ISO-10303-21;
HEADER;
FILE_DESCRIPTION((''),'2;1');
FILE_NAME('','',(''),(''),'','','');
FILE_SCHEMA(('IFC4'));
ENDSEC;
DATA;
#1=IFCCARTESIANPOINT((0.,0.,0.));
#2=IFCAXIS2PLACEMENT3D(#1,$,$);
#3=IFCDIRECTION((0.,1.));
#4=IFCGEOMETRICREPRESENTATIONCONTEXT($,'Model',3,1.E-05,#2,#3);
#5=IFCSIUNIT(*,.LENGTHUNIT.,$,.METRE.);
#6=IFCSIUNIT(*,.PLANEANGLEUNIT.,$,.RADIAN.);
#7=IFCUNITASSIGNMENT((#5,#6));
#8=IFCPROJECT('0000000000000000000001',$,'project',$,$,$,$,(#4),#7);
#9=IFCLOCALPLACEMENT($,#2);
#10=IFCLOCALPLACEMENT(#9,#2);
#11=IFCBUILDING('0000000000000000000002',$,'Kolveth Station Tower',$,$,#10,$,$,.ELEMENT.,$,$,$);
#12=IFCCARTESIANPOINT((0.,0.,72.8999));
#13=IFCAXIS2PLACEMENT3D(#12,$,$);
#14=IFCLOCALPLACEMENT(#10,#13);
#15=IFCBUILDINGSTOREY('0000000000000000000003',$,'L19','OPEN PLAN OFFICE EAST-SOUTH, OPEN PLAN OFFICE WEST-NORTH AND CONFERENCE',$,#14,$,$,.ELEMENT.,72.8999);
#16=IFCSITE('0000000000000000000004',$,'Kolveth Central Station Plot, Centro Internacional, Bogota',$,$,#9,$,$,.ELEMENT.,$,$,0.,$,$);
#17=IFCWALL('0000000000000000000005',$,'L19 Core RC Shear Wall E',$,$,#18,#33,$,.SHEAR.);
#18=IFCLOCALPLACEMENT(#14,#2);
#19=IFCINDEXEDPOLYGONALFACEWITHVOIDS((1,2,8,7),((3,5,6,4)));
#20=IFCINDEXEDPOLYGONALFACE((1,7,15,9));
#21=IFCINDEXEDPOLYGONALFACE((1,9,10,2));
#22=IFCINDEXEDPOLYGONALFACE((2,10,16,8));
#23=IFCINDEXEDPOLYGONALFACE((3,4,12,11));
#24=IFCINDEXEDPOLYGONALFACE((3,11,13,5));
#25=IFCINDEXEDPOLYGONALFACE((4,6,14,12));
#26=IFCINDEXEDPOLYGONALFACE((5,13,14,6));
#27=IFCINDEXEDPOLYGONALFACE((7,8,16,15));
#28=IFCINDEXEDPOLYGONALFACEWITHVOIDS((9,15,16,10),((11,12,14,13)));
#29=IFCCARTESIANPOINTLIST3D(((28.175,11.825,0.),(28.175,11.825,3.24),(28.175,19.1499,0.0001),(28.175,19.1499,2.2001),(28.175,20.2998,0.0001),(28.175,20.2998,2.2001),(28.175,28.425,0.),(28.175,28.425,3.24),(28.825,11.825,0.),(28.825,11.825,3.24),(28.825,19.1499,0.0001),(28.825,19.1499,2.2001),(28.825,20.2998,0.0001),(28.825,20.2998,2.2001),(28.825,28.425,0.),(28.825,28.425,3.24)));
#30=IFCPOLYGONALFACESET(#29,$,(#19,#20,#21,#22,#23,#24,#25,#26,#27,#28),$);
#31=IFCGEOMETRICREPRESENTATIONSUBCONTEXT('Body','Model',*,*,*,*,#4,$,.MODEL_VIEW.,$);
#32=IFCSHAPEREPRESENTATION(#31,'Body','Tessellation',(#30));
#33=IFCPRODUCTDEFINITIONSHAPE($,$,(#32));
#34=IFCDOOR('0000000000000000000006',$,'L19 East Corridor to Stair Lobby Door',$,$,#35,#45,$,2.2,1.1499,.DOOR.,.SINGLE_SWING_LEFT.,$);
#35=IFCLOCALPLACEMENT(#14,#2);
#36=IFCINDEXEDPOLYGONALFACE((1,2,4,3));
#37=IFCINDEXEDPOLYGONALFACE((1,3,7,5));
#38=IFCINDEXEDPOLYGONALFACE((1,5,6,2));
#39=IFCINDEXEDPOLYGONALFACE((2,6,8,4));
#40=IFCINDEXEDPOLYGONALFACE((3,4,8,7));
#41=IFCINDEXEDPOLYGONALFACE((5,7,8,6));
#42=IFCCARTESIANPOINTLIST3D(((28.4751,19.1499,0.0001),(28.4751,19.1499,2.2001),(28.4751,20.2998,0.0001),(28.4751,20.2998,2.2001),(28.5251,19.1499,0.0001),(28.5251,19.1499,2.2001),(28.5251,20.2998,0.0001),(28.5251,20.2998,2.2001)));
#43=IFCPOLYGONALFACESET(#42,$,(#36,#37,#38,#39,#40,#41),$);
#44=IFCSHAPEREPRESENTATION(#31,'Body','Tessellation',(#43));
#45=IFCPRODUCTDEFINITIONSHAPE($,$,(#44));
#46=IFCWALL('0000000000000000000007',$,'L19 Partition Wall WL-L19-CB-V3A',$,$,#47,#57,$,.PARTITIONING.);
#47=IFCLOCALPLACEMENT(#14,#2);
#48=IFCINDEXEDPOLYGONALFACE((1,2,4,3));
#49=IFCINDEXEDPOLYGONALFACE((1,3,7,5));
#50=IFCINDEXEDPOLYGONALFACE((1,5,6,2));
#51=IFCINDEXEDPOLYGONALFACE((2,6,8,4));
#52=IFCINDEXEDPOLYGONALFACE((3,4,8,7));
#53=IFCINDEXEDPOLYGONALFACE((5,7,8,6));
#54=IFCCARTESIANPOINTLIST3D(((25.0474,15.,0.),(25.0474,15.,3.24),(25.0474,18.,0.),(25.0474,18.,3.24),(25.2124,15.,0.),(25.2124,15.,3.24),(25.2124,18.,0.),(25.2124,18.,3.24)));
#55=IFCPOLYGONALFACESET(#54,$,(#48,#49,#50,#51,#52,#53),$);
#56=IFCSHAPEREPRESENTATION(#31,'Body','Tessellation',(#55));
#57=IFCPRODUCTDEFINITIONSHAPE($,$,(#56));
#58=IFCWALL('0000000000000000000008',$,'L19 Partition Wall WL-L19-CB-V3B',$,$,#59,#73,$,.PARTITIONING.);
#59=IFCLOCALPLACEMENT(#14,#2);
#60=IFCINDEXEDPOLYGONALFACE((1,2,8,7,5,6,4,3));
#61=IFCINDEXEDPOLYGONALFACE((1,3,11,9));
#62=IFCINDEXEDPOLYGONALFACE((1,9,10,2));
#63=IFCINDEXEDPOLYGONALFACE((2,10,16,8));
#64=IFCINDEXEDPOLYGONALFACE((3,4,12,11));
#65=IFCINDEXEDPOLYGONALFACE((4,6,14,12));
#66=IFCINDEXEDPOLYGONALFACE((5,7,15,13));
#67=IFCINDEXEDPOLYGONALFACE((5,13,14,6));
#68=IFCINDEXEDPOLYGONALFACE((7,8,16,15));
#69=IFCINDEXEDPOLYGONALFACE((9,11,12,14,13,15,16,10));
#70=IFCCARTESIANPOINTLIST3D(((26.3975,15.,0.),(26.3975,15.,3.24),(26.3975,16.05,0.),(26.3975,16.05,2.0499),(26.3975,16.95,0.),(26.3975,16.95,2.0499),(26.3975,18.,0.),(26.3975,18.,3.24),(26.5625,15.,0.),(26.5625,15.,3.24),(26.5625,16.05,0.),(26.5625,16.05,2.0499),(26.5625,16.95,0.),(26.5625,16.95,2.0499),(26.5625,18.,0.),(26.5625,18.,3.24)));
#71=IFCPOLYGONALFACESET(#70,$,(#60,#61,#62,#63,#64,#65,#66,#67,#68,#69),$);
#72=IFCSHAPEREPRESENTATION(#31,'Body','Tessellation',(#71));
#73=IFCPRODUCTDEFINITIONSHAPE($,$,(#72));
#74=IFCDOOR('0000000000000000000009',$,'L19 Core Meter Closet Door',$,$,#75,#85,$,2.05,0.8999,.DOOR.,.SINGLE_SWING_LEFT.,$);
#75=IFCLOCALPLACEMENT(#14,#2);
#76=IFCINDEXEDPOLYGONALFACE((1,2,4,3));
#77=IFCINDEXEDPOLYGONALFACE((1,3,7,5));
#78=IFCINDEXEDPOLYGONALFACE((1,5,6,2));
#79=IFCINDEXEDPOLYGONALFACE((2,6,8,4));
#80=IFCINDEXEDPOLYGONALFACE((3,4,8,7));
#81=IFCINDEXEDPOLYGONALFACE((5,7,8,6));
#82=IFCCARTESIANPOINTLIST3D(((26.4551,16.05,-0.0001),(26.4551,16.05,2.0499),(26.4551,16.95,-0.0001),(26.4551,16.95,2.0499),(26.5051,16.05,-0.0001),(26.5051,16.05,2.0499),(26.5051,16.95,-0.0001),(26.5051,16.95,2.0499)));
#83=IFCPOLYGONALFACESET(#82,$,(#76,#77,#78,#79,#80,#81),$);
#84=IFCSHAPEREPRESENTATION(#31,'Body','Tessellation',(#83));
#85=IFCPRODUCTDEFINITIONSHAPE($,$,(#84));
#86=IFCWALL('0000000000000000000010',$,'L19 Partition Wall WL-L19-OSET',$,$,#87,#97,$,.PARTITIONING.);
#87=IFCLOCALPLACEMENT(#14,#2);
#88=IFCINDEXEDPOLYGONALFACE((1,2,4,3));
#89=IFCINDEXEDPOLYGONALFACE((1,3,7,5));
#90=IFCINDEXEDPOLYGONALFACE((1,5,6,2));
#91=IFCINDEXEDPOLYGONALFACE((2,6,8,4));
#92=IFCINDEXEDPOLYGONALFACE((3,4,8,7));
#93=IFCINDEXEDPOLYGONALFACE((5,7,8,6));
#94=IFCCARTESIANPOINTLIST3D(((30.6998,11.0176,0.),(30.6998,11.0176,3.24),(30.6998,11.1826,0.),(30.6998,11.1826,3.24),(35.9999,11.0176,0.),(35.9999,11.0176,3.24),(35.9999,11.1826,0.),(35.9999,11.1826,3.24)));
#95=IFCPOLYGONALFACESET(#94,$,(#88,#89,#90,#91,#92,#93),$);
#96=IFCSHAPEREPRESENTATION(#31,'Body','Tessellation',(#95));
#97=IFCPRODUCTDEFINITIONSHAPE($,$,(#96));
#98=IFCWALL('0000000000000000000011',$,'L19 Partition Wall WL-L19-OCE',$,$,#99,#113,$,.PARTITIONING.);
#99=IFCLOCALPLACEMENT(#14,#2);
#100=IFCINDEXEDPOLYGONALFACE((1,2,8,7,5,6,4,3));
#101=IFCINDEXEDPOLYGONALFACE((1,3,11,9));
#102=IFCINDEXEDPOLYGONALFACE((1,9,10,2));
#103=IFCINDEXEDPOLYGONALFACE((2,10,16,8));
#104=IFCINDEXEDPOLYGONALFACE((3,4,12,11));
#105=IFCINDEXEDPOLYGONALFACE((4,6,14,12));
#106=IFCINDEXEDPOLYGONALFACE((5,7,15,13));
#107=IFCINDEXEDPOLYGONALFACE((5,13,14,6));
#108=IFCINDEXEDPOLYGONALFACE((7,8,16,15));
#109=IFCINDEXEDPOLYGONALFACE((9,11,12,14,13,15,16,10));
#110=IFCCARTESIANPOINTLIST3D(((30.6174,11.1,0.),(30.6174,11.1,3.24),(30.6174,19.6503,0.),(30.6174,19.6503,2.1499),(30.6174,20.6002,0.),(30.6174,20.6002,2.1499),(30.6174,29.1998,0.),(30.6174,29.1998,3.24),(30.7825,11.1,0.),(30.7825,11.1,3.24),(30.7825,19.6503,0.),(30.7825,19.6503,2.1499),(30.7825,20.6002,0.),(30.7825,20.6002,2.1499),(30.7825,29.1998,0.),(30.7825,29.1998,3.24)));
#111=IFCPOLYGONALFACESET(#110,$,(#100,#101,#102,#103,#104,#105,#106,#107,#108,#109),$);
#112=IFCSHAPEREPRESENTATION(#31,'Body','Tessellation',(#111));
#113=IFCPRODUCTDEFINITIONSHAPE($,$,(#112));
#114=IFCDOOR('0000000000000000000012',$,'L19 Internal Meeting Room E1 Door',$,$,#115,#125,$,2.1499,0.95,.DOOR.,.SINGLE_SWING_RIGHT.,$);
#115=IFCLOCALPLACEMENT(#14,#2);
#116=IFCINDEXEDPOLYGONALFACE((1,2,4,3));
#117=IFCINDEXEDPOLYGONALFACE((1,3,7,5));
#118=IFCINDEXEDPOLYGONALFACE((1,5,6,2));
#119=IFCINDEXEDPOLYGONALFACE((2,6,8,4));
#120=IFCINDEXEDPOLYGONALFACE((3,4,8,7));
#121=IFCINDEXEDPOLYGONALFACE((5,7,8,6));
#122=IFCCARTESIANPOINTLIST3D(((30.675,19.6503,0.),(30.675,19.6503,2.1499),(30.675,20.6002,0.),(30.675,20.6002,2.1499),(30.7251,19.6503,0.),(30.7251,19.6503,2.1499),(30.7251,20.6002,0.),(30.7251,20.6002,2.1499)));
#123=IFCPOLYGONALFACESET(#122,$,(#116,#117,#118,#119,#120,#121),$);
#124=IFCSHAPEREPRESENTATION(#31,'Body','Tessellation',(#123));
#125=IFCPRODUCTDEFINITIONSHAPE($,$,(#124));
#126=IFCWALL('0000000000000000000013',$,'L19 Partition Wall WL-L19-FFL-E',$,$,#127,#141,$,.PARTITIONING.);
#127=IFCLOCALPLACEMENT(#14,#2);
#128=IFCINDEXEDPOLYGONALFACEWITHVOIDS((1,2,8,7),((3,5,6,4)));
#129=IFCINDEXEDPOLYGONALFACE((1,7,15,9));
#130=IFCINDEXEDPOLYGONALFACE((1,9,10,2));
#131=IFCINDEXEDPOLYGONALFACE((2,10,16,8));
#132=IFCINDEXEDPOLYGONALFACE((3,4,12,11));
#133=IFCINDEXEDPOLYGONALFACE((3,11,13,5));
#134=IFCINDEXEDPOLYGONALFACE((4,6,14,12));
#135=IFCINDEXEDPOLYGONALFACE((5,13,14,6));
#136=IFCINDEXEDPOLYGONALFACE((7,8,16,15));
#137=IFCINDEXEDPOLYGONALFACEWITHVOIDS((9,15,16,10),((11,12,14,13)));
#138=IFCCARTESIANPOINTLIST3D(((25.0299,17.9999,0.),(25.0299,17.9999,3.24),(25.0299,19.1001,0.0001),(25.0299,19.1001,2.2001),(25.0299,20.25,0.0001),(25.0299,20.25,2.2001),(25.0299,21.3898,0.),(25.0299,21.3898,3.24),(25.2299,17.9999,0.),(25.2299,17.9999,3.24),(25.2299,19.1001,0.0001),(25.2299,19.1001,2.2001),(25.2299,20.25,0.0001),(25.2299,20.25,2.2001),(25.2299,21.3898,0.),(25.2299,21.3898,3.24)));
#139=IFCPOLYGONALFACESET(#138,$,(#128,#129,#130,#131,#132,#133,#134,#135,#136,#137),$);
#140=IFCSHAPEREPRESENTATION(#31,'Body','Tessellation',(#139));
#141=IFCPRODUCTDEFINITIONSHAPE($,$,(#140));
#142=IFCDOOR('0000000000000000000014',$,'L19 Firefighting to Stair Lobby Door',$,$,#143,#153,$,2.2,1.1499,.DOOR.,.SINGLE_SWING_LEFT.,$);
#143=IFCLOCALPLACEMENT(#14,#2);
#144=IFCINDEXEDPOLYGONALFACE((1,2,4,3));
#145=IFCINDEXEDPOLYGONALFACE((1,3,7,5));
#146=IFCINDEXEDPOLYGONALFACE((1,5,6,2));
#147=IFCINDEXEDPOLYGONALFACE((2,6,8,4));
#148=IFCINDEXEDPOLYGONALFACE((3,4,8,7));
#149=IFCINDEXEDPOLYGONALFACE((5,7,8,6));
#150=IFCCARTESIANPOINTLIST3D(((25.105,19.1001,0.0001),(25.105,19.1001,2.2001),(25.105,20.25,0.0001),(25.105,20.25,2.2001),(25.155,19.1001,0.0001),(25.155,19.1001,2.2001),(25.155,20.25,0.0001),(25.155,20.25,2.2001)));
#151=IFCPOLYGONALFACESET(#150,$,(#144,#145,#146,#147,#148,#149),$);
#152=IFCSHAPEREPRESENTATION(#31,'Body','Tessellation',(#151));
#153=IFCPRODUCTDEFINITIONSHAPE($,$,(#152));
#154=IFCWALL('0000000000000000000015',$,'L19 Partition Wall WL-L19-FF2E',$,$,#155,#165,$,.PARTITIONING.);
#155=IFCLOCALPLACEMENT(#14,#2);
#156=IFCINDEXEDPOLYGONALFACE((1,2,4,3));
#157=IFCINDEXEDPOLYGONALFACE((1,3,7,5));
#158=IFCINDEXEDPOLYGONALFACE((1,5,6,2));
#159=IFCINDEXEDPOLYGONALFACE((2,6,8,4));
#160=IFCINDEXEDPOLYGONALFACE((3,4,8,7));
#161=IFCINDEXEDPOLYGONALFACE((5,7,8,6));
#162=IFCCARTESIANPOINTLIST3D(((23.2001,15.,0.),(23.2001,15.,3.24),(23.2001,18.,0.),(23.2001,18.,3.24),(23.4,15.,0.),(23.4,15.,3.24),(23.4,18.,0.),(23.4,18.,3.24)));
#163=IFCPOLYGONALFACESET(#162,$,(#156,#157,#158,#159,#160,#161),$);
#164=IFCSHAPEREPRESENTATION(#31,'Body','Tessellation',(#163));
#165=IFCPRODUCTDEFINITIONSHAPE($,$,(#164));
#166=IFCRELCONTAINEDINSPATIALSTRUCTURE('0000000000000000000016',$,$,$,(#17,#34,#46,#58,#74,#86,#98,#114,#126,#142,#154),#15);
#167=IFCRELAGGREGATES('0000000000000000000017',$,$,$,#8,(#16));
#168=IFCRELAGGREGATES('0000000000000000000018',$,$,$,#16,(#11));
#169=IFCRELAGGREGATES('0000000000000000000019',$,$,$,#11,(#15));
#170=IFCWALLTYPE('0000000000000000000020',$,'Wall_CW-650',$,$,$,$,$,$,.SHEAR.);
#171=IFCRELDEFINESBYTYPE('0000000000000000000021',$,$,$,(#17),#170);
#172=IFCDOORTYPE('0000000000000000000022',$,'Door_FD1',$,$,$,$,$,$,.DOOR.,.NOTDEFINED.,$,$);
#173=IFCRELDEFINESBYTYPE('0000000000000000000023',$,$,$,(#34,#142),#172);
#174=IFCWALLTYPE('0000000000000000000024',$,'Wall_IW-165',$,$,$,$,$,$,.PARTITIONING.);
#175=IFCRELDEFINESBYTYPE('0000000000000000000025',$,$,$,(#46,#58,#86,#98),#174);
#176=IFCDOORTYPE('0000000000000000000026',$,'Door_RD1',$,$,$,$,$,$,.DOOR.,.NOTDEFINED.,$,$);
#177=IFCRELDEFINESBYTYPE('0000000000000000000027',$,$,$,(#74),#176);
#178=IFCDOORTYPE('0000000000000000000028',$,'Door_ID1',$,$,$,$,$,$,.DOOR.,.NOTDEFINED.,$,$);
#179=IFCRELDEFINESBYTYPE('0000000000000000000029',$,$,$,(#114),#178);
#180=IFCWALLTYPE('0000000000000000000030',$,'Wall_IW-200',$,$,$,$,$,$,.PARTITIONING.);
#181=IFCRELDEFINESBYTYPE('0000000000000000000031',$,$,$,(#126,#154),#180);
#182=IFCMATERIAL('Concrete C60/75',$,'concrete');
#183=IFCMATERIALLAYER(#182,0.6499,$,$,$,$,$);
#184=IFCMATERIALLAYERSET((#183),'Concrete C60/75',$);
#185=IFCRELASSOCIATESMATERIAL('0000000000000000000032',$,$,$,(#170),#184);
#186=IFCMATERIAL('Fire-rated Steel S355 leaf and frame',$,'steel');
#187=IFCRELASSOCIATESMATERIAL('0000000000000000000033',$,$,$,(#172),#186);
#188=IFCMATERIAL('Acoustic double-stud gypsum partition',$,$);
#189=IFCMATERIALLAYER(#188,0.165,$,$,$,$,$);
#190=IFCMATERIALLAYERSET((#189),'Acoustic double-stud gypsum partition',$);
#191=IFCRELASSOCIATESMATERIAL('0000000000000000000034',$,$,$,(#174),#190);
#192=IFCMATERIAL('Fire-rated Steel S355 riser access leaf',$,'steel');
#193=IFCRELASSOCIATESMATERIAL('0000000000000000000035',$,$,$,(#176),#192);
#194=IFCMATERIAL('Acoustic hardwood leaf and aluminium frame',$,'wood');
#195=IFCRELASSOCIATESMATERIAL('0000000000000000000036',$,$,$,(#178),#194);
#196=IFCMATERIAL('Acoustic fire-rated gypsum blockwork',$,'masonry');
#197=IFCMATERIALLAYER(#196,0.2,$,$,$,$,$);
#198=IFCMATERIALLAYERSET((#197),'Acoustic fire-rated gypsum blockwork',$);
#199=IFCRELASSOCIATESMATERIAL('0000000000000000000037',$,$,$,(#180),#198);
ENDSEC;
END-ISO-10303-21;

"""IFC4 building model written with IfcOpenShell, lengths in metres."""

from ifc_helpers import new_model, si_unit, direction, frame, frame_2d, origin, place, context, subcontext, project, spatial, rectangle, extrude, material, layer, layer_set, type_object, element, fill, save


model = new_model("IFC4")

# Units and contexts
model_context = context("Model", 3, precision=1e-05, world=origin(), true_north=direction((0.0, 1.0)))
body_context = subcontext(model_context, "Body", "Model", "MODEL_VIEW")
ifc_project = project(units=[si_unit("LENGTHUNIT", "METRE"), si_unit("PLANEANGLEUNIT", "RADIAN")], contexts=[model_context])

# Site, building, storey
site_placement = place(None, origin())
site = spatial("IfcSite", under=ifc_project, at=site_placement, Name="Kolveth Central Station Plot, Centro Internacional, Bogota", CompositionType="ELEMENT", RefElevation=0.0)
building_placement = place(site_placement, origin())
building = spatial("IfcBuilding", under=site, at=building_placement, Name="Kolveth Station Tower", CompositionType="ELEMENT")
storey_placement = place(building_placement, frame((0.0, 0.0, 72.8999)))
storey = spatial("IfcBuildingStorey", under=building, at=storey_placement, Name="L19", Description="OPEN PLAN OFFICE EAST-SOUTH, OPEN PLAN OFFICE WEST-NORTH AND CONFERENCE", CompositionType="ELEMENT", Elevation=72.8999)

# Wall, opening, door
ifc_material_1 = material(Name="Concrete C60/75", Category="concrete")
ifc_layer_1 = layer(ifc_material_1, 0.6499)
ifc_layer_set_1 = layer_set([ifc_layer_1], Name="Concrete C60/75")
wall_type_1 = type_object("IfcWallType", Name="Wall_CW-650", PredefinedType="SHEAR", material=ifc_layer_set_1)
wall_1_placement = place(storey_placement, frame((28.5, 11.825, 0.0), z_axis=(0.0, 0.0, 1.0), x_axis=(0.0, 1.0, 0.0)))
wall_1 = element("IfcWall", 1, at=wall_1_placement, inside=storey, type_object=wall_type_1, Name="L19 Core RC Shear Wall E", PredefinedType="SHEAR", context=body_context, shape_type="SweptSolid", body=[
    extrude(rectangle(XDim=16.6001, YDim=0.6499, at=frame_2d((8.3, 0.0))), origin(), (0.0, 0.0, 1.0), 3.24),
])
opening_1_placement = place(wall_1_placement, frame((7.325, 0.0, 0.0)))
opening_1 = element("IfcOpeningElement", 2, at=opening_1_placement, cuts=wall_1, PredefinedType="OPENING", context=body_context, shape_type="SweptSolid", body=[
    extrude(rectangle(XDim=1.1499, YDim=2.2, at=frame_2d((0.575, 1.1001))), frame((0.0, 0.335, 0.0), z_axis=(0.0, -1.0, 0.0), x_axis=(1.0, 0.0, 0.0)), (0.0, 0.0, 1.0), 0.6699),
])
ifc_material_2 = material(Name="Fire-rated Steel S355 leaf and frame", Category="steel")
door_type_1 = type_object("IfcDoorType", Name="Door_FD1", OperationType="NOTDEFINED", PredefinedType="DOOR", material=ifc_material_2)
door_1_placement = place(opening_1_placement, origin())
door_1 = element("IfcDoor", 3, at=door_1_placement, inside=storey, type_object=door_type_1, Name="L19 East Corridor to Stair Lobby Door", OperationType="SINGLE_SWING_LEFT", OverallHeight=2.2, OverallWidth=1.1499, PredefinedType="DOOR", context=body_context, shape_type="SweptSolid", body=[
    extrude(rectangle(XDim=1.1499, YDim=2.2, at=frame_2d((0.575, 1.1001))), frame((0.0, 0.0249, 0.0), z_axis=(0.0, -1.0, 0.0), x_axis=(1.0, 0.0, 0.0)), (0.0, 0.0, 1.0), 0.05),
])
fill(opening_1, door_1)

# Wall
ifc_material_3 = material(Name="Acoustic double-stud gypsum partition")
ifc_layer_2 = layer(ifc_material_3, 0.165)
ifc_layer_set_2 = layer_set([ifc_layer_2], Name="Acoustic double-stud gypsum partition")
wall_type_2 = type_object("IfcWallType", Name="Wall_IW-165", PredefinedType="PARTITIONING", material=ifc_layer_set_2)
wall_2_placement = place(storey_placement, frame((25.1299, 15.0, 0.0), z_axis=(0.0, 0.0, 1.0), x_axis=(0.0, 1.0, 0.0)))
element("IfcWall", 4, at=wall_2_placement, inside=storey, type_object=wall_type_2, Name="L19 Partition Wall WL-L19-CB-V3A", PredefinedType="PARTITIONING", context=body_context, shape_type="SweptSolid", body=[
    extrude(rectangle(XDim=3.0, YDim=0.165, at=frame_2d((1.5, 0.0))), origin(), (0.0, 0.0, 1.0), 3.24),
])

# Wall, opening, door
wall_3_placement = place(storey_placement, frame((26.48, 15.0, 0.0), z_axis=(0.0, 0.0, 1.0), x_axis=(0.0, 1.0, 0.0)))
wall_3 = element("IfcWall", 5, at=wall_3_placement, inside=storey, type_object=wall_type_2, Name="L19 Partition Wall WL-L19-CB-V3B", PredefinedType="PARTITIONING", context=body_context, shape_type="SweptSolid", body=[
    extrude(rectangle(XDim=3.0, YDim=0.165, at=frame_2d((1.5, 0.0))), origin(), (0.0, 0.0, 1.0), 3.24),
])
opening_2_placement = place(wall_3_placement, frame((1.05, 0.0, 0.0)))
opening_2 = element("IfcOpeningElement", 6, at=opening_2_placement, cuts=wall_3, PredefinedType="OPENING", context=body_context, shape_type="SweptSolid", body=[
    extrude(rectangle(XDim=0.8999, YDim=2.05, at=frame_2d((0.45, 1.0249))), frame((0.0, 0.0925, 0.0), z_axis=(0.0, -1.0, 0.0), x_axis=(1.0, 0.0, 0.0)), (0.0, 0.0, 1.0), 0.1851),
])
ifc_material_4 = material(Name="Fire-rated Steel S355 riser access leaf", Category="steel")
door_type_2 = type_object("IfcDoorType", Name="Door_RD1", OperationType="NOTDEFINED", PredefinedType="DOOR", material=ifc_material_4)
door_2_placement = place(opening_2_placement, origin())
door_2 = element("IfcDoor", 7, at=door_2_placement, inside=storey, type_object=door_type_2, Name="L19 Core Meter Closet Door", OperationType="SINGLE_SWING_LEFT", OverallHeight=2.05, OverallWidth=0.8999, PredefinedType="DOOR", context=body_context, shape_type="SweptSolid", body=[
    extrude(rectangle(XDim=0.8999, YDim=2.05, at=frame_2d((0.45, 1.0249))), frame((0.0, 0.0249, 0.0), z_axis=(0.0, -1.0, 0.0), x_axis=(1.0, 0.0, 0.0)), (0.0, 0.0, 1.0), 0.05),
])
fill(opening_2, door_2)

# Wall
wall_4_placement = place(storey_placement, frame((30.7, 11.1001, 0.0), z_axis=(0.0, 0.0, 1.0), x_axis=(1.0, 0.0, 0.0)))
element("IfcWall", 8, at=wall_4_placement, inside=storey, type_object=wall_type_2, Name="L19 Partition Wall WL-L19-OSET", PredefinedType="PARTITIONING", context=body_context, shape_type="SweptSolid", body=[
    extrude(rectangle(XDim=5.3, YDim=0.165, at=frame_2d((2.6499, 0.0))), origin(), (0.0, 0.0, 1.0), 3.24),
])

# Walls, openings, doors
wall_5_placement = place(storey_placement, frame((30.7, 11.1001, 0.0), z_axis=(0.0, 0.0, 1.0), x_axis=(0.0, 1.0, 0.0)))
wall_5 = element("IfcWall", 9, at=wall_5_placement, inside=storey, type_object=wall_type_2, Name="L19 Partition Wall WL-L19-OCE", PredefinedType="PARTITIONING", context=body_context, shape_type="SweptSolid", body=[
    extrude(rectangle(XDim=18.0999, YDim=0.165, at=frame_2d((9.0498, 0.0))), origin(), (0.0, 0.0, 1.0), 3.24),
])
opening_3_placement = place(wall_5_placement, frame((8.55, 0.0, 0.0)))
opening_3 = element("IfcOpeningElement", 10, at=opening_3_placement, cuts=wall_5, PredefinedType="OPENING", context=body_context, shape_type="SweptSolid", body=[
    extrude(rectangle(XDim=0.95, YDim=2.1499, at=frame_2d((0.4751, 1.075))), frame((0.0, 0.0925, 0.0), z_axis=(0.0, -1.0, 0.0), x_axis=(1.0, 0.0, 0.0)), (0.0, 0.0, 1.0), 0.1851),
])
ifc_material_5 = material(Name="Acoustic hardwood leaf and aluminium frame", Category="wood")
door_type_3 = type_object("IfcDoorType", Name="Door_ID1", OperationType="NOTDEFINED", PredefinedType="DOOR", material=ifc_material_5)
door_3_placement = place(opening_3_placement, origin())
door_3 = element("IfcDoor", 11, at=door_3_placement, inside=storey, type_object=door_type_3, Name="L19 Internal Meeting Room E1 Door", OperationType="SINGLE_SWING_RIGHT", OverallHeight=2.1499, OverallWidth=0.95, PredefinedType="DOOR", context=body_context, shape_type="SweptSolid", body=[
    extrude(rectangle(XDim=0.95, YDim=2.1499, at=frame_2d((0.4751, 1.075))), frame((0.0, 0.0249, 0.0), z_axis=(0.0, -1.0, 0.0), x_axis=(1.0, 0.0, 0.0)), (0.0, 0.0, 1.0), 0.05),
])
fill(opening_3, door_3)
ifc_material_6 = material(Name="Acoustic fire-rated gypsum blockwork", Category="masonry")
ifc_layer_3 = layer(ifc_material_6, 0.2)
ifc_layer_set_3 = layer_set([ifc_layer_3], Name="Acoustic fire-rated gypsum blockwork")
wall_type_3 = type_object("IfcWallType", Name="Wall_IW-200", PredefinedType="PARTITIONING", material=ifc_layer_set_3)
wall_6_placement = place(storey_placement, frame((25.1299, 18.0, 0.0), z_axis=(0.0, 0.0, 1.0), x_axis=(0.0, 1.0, 0.0)))
wall_6 = element("IfcWall", 12, at=wall_6_placement, inside=storey, type_object=wall_type_3, Name="L19 Partition Wall WL-L19-FFL-E", PredefinedType="PARTITIONING", context=body_context, shape_type="SweptSolid", body=[
    extrude(rectangle(XDim=3.3899, YDim=0.2, at=frame_2d((1.6948, 0.0))), origin(), (0.0, 0.0, 1.0), 3.24),
])
opening_4_placement = place(wall_6_placement, frame((1.1001, 0.0, 0.0)))
opening_4 = element("IfcOpeningElement", 13, at=opening_4_placement, cuts=wall_6, PredefinedType="OPENING", context=body_context, shape_type="SweptSolid", body=[
    extrude(rectangle(XDim=1.1499, YDim=2.2, at=frame_2d((0.575, 1.1001))), frame((0.0, 0.1099, 0.0), z_axis=(0.0, -1.0, 0.0), x_axis=(1.0, 0.0, 0.0)), (0.0, 0.0, 1.0), 0.22),
])
door_4_placement = place(opening_4_placement, origin())
door_4 = element("IfcDoor", 14, at=door_4_placement, inside=storey, type_object=door_type_1, Name="L19 Firefighting to Stair Lobby Door", OperationType="SINGLE_SWING_LEFT", OverallHeight=2.2, OverallWidth=1.1499, PredefinedType="DOOR", context=body_context, shape_type="SweptSolid", body=[
    extrude(rectangle(XDim=1.1499, YDim=2.2, at=frame_2d((0.575, 1.1001))), frame((0.0, 0.0249, 0.0), z_axis=(0.0, -1.0, 0.0), x_axis=(1.0, 0.0, 0.0)), (0.0, 0.0, 1.0), 0.05),
])
fill(opening_4, door_4)

# Wall
wall_7_placement = place(storey_placement, frame((23.3, 15.0, 0.0), z_axis=(0.0, 0.0, 1.0), x_axis=(0.0, 1.0, 0.0)))
element("IfcWall", 15, at=wall_7_placement, inside=storey, type_object=wall_type_3, Name="L19 Partition Wall WL-L19-FF2E", PredefinedType="PARTITIONING", context=body_context, shape_type="SweptSolid", body=[
    extrude(rectangle(XDim=3.0, YDim=0.2, at=frame_2d((1.5, 0.0))), origin(), (0.0, 0.0, 1.0), 3.24),
])

save(model, "model.ifc")
